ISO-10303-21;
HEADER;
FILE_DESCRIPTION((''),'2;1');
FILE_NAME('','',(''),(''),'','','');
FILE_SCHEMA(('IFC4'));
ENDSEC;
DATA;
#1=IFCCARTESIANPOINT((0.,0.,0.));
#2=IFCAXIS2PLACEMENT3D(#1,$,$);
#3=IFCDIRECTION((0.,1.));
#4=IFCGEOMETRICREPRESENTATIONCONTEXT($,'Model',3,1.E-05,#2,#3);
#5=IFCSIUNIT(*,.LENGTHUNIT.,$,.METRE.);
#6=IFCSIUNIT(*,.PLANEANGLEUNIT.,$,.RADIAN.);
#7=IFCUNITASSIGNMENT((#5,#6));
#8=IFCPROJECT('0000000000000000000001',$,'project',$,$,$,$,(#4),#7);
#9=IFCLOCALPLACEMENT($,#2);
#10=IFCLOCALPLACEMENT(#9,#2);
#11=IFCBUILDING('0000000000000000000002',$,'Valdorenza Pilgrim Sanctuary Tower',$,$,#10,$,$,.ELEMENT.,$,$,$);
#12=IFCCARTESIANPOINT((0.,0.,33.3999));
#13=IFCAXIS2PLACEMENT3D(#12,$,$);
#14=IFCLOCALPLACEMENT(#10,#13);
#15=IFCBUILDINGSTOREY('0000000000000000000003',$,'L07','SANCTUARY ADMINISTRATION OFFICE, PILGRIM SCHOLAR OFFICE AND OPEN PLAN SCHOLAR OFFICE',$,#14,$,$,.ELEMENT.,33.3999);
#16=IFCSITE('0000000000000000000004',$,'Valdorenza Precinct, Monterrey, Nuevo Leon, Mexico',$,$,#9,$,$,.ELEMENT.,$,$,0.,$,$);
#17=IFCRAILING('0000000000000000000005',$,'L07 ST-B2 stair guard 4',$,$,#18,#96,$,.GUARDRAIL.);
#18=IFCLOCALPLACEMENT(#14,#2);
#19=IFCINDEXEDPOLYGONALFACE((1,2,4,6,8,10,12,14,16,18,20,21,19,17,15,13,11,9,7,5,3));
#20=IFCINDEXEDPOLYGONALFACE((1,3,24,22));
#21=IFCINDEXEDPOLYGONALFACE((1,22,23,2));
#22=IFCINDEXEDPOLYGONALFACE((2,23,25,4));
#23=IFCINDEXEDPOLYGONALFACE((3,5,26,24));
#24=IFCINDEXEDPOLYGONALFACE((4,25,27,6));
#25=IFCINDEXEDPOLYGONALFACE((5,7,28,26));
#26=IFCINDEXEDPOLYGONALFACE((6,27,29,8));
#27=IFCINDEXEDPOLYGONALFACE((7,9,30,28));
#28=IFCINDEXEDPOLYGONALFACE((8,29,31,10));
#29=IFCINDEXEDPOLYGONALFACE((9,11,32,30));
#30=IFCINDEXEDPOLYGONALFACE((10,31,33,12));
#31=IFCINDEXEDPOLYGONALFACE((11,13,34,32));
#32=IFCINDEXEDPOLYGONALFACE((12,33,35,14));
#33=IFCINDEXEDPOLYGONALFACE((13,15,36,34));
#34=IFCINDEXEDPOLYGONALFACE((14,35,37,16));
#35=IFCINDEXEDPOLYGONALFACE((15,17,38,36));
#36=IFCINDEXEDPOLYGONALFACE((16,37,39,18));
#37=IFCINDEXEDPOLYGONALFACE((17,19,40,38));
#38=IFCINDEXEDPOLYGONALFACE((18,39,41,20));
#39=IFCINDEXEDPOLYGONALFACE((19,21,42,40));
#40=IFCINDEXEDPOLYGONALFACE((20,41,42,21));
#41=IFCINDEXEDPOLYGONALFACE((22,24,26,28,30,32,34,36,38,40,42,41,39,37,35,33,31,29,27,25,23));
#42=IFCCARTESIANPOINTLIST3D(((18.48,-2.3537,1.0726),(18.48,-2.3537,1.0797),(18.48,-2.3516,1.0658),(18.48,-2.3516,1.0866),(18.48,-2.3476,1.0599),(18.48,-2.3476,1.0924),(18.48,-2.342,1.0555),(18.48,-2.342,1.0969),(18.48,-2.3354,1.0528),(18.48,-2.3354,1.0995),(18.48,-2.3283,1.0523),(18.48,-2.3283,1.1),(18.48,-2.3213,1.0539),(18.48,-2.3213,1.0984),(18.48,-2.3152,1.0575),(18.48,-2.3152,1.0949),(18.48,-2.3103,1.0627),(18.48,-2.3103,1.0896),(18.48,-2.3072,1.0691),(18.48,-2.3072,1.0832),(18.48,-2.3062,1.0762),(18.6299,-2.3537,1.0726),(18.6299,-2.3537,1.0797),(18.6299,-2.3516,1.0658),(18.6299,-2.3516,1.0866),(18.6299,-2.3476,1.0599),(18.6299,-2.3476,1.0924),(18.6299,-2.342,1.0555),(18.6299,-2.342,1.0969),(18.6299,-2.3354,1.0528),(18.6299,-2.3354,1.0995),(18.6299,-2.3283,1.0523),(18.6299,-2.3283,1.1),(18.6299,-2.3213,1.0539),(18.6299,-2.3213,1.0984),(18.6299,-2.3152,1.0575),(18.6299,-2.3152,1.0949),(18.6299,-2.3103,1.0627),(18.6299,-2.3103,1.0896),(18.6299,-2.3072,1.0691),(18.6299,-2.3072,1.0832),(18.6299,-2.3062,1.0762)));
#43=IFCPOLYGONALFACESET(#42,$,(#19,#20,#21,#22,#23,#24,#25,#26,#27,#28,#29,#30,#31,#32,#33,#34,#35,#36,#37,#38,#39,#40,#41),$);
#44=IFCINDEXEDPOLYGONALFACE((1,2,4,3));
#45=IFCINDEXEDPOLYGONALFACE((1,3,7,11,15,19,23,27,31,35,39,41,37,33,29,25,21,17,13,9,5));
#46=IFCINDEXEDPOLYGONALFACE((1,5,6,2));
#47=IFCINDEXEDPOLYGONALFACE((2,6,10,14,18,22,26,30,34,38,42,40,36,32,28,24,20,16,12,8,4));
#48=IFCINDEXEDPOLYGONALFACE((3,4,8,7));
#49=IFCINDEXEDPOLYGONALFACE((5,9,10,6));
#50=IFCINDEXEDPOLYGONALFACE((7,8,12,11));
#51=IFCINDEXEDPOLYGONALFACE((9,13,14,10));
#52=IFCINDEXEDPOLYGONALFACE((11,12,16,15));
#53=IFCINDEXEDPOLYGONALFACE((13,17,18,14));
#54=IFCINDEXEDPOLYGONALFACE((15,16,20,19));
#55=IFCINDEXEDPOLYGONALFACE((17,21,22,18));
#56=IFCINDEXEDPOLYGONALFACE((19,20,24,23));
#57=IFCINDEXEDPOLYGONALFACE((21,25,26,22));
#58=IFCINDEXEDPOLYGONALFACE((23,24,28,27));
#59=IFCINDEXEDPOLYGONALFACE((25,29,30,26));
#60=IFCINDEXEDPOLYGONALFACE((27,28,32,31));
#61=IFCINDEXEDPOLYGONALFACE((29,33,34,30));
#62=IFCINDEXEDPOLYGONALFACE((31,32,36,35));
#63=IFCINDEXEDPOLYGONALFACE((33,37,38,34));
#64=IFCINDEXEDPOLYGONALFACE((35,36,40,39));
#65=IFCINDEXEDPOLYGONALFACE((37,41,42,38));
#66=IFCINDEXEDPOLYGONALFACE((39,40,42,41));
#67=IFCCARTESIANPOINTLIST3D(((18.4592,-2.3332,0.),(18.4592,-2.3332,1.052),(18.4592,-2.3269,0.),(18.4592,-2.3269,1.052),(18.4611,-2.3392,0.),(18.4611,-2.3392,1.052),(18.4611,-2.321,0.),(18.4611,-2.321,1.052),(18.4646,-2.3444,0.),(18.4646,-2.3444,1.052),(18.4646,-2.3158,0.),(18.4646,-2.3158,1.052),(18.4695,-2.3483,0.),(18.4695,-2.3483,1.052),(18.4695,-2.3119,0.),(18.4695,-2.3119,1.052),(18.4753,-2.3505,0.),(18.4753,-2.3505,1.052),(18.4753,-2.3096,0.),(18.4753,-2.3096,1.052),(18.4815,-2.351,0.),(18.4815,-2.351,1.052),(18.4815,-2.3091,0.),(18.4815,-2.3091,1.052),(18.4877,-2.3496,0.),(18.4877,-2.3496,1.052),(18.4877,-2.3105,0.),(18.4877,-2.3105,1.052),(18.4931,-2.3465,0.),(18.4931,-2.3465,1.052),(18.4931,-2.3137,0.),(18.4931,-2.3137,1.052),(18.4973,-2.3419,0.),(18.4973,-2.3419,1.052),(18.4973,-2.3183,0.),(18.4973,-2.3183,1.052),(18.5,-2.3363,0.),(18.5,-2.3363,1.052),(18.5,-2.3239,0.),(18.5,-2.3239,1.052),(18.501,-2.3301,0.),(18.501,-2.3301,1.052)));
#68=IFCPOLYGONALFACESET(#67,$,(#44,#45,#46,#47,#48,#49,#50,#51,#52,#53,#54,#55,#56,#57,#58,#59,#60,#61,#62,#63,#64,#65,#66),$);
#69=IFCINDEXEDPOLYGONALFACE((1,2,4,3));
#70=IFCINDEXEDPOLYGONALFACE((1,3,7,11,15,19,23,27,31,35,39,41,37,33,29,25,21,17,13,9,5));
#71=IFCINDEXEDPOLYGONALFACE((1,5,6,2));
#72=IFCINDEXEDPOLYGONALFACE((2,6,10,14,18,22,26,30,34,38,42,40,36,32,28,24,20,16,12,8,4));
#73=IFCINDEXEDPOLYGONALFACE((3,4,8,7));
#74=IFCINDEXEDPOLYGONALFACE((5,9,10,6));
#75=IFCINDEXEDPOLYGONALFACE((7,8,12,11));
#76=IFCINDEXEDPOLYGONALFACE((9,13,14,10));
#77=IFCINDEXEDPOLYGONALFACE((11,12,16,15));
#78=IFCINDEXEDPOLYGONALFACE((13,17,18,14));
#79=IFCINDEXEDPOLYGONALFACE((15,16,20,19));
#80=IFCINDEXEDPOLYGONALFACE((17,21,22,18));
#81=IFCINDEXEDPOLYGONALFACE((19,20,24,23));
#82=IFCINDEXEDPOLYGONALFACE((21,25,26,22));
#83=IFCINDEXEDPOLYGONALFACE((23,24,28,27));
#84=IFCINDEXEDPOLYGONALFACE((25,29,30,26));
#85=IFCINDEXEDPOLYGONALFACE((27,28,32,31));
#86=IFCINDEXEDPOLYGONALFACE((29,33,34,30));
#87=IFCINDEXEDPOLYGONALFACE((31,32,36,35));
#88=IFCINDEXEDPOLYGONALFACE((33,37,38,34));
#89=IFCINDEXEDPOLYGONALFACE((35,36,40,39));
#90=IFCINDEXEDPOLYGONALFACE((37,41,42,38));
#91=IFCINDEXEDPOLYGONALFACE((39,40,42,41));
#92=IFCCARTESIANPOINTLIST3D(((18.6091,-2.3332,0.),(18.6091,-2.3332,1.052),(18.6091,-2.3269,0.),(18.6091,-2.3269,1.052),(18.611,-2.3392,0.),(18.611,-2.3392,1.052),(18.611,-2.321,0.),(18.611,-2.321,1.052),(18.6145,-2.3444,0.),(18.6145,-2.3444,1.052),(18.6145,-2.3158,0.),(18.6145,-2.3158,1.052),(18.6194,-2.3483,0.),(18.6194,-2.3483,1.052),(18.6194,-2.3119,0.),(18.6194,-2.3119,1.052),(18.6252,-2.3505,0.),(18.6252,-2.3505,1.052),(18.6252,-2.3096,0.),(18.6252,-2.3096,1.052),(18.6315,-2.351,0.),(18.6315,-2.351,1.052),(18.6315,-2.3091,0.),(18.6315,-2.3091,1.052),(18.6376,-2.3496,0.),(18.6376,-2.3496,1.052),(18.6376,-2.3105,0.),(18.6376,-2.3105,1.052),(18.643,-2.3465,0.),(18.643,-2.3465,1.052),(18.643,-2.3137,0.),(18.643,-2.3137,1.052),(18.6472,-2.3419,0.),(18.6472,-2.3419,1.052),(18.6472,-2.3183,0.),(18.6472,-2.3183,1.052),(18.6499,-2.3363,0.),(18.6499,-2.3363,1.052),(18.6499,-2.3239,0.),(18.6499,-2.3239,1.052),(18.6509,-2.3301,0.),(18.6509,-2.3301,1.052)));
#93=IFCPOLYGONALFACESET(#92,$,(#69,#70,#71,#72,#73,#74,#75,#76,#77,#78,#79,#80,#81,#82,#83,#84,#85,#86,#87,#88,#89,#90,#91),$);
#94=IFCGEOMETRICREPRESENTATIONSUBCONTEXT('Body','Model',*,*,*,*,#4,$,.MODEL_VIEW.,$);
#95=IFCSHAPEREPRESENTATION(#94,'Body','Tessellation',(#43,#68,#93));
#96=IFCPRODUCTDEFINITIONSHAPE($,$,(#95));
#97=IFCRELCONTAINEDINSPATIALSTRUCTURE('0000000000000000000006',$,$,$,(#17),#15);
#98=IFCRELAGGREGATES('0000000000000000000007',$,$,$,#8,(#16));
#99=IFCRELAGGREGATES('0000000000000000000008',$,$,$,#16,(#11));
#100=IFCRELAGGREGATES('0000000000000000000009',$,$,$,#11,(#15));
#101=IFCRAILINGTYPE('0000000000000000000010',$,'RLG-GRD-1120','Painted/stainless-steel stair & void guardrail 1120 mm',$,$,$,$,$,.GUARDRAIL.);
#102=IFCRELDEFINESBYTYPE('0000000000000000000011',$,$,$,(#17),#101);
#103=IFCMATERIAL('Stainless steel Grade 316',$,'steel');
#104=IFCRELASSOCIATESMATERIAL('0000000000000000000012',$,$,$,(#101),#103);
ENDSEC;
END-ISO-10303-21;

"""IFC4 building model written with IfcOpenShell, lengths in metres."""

from ifc_helpers import new_model, si_unit, direction, frame, origin, origin_2d, place, context, subcontext, project, spatial, circle, extrude, material, type_object, element, save


model = new_model("IFC4")

# Units and contexts
model_context = context("Model", 3, precision=1e-05, world=origin(), true_north=direction((0.0, 1.0)))
body_context = subcontext(model_context, "Body", "Model", "MODEL_VIEW")
ifc_project = project(units=[si_unit("LENGTHUNIT", "METRE"), si_unit("PLANEANGLEUNIT", "RADIAN")], contexts=[model_context])

# Site, building, storey
site_placement = place(None, origin())
site = spatial("IfcSite", under=ifc_project, at=site_placement, Name="Valdorenza Precinct, Monterrey, Nuevo Leon, Mexico", CompositionType="ELEMENT", RefElevation=0.0)
building_placement = place(site_placement, origin())
building = spatial("IfcBuilding", under=site, at=building_placement, Name="Valdorenza Pilgrim Sanctuary Tower", CompositionType="ELEMENT")
storey_placement = place(building_placement, frame((0.0, 0.0, 33.3999)))
storey = spatial("IfcBuildingStorey", under=building, at=storey_placement, Name="L07", Description="SANCTUARY ADMINISTRATION OFFICE, PILGRIM SCHOLAR OFFICE AND OPEN PLAN SCHOLAR OFFICE", CompositionType="ELEMENT", Elevation=33.3999)

# Railing
ifc_material_1 = material(Name="Stainless steel Grade 316", Category="steel")
railing_type_1 = type_object("IfcRailingType", Name="RLG-GRD-1120", Description="Painted/stainless-steel stair & void guardrail 1120 mm", PredefinedType="GUARDRAIL", material=ifc_material_1)
railing_1_placement = place(storey_placement, frame((18.48, -2.3301, 0.0)))
element("IfcRailing", 1, at=railing_1_placement, inside=storey, type_object=railing_type_1, Name="L07 ST-B2 stair guard 4", PredefinedType="GUARDRAIL", context=body_context, shape_type="SweptSolid", body=[
    extrude(circle(Radius=0.0239, at=origin_2d()), frame((0.0, 0.0, 1.0762), z_axis=(1.0, 0.0, 0.0), x_axis=(0.0, 1.0, 0.0)), (0.0, 0.0, 1.0), 0.1499),
    extrude(circle(Radius=0.021, at=origin_2d()), origin(), (0.0, 0.0, 1.0), 1.052),
    extrude(circle(Radius=0.021, at=origin_2d()), frame((0.1499, 0.0, 0.0)), (0.0, 0.0, 1.0), 1.052),
])

save(model, "model.ifc")
